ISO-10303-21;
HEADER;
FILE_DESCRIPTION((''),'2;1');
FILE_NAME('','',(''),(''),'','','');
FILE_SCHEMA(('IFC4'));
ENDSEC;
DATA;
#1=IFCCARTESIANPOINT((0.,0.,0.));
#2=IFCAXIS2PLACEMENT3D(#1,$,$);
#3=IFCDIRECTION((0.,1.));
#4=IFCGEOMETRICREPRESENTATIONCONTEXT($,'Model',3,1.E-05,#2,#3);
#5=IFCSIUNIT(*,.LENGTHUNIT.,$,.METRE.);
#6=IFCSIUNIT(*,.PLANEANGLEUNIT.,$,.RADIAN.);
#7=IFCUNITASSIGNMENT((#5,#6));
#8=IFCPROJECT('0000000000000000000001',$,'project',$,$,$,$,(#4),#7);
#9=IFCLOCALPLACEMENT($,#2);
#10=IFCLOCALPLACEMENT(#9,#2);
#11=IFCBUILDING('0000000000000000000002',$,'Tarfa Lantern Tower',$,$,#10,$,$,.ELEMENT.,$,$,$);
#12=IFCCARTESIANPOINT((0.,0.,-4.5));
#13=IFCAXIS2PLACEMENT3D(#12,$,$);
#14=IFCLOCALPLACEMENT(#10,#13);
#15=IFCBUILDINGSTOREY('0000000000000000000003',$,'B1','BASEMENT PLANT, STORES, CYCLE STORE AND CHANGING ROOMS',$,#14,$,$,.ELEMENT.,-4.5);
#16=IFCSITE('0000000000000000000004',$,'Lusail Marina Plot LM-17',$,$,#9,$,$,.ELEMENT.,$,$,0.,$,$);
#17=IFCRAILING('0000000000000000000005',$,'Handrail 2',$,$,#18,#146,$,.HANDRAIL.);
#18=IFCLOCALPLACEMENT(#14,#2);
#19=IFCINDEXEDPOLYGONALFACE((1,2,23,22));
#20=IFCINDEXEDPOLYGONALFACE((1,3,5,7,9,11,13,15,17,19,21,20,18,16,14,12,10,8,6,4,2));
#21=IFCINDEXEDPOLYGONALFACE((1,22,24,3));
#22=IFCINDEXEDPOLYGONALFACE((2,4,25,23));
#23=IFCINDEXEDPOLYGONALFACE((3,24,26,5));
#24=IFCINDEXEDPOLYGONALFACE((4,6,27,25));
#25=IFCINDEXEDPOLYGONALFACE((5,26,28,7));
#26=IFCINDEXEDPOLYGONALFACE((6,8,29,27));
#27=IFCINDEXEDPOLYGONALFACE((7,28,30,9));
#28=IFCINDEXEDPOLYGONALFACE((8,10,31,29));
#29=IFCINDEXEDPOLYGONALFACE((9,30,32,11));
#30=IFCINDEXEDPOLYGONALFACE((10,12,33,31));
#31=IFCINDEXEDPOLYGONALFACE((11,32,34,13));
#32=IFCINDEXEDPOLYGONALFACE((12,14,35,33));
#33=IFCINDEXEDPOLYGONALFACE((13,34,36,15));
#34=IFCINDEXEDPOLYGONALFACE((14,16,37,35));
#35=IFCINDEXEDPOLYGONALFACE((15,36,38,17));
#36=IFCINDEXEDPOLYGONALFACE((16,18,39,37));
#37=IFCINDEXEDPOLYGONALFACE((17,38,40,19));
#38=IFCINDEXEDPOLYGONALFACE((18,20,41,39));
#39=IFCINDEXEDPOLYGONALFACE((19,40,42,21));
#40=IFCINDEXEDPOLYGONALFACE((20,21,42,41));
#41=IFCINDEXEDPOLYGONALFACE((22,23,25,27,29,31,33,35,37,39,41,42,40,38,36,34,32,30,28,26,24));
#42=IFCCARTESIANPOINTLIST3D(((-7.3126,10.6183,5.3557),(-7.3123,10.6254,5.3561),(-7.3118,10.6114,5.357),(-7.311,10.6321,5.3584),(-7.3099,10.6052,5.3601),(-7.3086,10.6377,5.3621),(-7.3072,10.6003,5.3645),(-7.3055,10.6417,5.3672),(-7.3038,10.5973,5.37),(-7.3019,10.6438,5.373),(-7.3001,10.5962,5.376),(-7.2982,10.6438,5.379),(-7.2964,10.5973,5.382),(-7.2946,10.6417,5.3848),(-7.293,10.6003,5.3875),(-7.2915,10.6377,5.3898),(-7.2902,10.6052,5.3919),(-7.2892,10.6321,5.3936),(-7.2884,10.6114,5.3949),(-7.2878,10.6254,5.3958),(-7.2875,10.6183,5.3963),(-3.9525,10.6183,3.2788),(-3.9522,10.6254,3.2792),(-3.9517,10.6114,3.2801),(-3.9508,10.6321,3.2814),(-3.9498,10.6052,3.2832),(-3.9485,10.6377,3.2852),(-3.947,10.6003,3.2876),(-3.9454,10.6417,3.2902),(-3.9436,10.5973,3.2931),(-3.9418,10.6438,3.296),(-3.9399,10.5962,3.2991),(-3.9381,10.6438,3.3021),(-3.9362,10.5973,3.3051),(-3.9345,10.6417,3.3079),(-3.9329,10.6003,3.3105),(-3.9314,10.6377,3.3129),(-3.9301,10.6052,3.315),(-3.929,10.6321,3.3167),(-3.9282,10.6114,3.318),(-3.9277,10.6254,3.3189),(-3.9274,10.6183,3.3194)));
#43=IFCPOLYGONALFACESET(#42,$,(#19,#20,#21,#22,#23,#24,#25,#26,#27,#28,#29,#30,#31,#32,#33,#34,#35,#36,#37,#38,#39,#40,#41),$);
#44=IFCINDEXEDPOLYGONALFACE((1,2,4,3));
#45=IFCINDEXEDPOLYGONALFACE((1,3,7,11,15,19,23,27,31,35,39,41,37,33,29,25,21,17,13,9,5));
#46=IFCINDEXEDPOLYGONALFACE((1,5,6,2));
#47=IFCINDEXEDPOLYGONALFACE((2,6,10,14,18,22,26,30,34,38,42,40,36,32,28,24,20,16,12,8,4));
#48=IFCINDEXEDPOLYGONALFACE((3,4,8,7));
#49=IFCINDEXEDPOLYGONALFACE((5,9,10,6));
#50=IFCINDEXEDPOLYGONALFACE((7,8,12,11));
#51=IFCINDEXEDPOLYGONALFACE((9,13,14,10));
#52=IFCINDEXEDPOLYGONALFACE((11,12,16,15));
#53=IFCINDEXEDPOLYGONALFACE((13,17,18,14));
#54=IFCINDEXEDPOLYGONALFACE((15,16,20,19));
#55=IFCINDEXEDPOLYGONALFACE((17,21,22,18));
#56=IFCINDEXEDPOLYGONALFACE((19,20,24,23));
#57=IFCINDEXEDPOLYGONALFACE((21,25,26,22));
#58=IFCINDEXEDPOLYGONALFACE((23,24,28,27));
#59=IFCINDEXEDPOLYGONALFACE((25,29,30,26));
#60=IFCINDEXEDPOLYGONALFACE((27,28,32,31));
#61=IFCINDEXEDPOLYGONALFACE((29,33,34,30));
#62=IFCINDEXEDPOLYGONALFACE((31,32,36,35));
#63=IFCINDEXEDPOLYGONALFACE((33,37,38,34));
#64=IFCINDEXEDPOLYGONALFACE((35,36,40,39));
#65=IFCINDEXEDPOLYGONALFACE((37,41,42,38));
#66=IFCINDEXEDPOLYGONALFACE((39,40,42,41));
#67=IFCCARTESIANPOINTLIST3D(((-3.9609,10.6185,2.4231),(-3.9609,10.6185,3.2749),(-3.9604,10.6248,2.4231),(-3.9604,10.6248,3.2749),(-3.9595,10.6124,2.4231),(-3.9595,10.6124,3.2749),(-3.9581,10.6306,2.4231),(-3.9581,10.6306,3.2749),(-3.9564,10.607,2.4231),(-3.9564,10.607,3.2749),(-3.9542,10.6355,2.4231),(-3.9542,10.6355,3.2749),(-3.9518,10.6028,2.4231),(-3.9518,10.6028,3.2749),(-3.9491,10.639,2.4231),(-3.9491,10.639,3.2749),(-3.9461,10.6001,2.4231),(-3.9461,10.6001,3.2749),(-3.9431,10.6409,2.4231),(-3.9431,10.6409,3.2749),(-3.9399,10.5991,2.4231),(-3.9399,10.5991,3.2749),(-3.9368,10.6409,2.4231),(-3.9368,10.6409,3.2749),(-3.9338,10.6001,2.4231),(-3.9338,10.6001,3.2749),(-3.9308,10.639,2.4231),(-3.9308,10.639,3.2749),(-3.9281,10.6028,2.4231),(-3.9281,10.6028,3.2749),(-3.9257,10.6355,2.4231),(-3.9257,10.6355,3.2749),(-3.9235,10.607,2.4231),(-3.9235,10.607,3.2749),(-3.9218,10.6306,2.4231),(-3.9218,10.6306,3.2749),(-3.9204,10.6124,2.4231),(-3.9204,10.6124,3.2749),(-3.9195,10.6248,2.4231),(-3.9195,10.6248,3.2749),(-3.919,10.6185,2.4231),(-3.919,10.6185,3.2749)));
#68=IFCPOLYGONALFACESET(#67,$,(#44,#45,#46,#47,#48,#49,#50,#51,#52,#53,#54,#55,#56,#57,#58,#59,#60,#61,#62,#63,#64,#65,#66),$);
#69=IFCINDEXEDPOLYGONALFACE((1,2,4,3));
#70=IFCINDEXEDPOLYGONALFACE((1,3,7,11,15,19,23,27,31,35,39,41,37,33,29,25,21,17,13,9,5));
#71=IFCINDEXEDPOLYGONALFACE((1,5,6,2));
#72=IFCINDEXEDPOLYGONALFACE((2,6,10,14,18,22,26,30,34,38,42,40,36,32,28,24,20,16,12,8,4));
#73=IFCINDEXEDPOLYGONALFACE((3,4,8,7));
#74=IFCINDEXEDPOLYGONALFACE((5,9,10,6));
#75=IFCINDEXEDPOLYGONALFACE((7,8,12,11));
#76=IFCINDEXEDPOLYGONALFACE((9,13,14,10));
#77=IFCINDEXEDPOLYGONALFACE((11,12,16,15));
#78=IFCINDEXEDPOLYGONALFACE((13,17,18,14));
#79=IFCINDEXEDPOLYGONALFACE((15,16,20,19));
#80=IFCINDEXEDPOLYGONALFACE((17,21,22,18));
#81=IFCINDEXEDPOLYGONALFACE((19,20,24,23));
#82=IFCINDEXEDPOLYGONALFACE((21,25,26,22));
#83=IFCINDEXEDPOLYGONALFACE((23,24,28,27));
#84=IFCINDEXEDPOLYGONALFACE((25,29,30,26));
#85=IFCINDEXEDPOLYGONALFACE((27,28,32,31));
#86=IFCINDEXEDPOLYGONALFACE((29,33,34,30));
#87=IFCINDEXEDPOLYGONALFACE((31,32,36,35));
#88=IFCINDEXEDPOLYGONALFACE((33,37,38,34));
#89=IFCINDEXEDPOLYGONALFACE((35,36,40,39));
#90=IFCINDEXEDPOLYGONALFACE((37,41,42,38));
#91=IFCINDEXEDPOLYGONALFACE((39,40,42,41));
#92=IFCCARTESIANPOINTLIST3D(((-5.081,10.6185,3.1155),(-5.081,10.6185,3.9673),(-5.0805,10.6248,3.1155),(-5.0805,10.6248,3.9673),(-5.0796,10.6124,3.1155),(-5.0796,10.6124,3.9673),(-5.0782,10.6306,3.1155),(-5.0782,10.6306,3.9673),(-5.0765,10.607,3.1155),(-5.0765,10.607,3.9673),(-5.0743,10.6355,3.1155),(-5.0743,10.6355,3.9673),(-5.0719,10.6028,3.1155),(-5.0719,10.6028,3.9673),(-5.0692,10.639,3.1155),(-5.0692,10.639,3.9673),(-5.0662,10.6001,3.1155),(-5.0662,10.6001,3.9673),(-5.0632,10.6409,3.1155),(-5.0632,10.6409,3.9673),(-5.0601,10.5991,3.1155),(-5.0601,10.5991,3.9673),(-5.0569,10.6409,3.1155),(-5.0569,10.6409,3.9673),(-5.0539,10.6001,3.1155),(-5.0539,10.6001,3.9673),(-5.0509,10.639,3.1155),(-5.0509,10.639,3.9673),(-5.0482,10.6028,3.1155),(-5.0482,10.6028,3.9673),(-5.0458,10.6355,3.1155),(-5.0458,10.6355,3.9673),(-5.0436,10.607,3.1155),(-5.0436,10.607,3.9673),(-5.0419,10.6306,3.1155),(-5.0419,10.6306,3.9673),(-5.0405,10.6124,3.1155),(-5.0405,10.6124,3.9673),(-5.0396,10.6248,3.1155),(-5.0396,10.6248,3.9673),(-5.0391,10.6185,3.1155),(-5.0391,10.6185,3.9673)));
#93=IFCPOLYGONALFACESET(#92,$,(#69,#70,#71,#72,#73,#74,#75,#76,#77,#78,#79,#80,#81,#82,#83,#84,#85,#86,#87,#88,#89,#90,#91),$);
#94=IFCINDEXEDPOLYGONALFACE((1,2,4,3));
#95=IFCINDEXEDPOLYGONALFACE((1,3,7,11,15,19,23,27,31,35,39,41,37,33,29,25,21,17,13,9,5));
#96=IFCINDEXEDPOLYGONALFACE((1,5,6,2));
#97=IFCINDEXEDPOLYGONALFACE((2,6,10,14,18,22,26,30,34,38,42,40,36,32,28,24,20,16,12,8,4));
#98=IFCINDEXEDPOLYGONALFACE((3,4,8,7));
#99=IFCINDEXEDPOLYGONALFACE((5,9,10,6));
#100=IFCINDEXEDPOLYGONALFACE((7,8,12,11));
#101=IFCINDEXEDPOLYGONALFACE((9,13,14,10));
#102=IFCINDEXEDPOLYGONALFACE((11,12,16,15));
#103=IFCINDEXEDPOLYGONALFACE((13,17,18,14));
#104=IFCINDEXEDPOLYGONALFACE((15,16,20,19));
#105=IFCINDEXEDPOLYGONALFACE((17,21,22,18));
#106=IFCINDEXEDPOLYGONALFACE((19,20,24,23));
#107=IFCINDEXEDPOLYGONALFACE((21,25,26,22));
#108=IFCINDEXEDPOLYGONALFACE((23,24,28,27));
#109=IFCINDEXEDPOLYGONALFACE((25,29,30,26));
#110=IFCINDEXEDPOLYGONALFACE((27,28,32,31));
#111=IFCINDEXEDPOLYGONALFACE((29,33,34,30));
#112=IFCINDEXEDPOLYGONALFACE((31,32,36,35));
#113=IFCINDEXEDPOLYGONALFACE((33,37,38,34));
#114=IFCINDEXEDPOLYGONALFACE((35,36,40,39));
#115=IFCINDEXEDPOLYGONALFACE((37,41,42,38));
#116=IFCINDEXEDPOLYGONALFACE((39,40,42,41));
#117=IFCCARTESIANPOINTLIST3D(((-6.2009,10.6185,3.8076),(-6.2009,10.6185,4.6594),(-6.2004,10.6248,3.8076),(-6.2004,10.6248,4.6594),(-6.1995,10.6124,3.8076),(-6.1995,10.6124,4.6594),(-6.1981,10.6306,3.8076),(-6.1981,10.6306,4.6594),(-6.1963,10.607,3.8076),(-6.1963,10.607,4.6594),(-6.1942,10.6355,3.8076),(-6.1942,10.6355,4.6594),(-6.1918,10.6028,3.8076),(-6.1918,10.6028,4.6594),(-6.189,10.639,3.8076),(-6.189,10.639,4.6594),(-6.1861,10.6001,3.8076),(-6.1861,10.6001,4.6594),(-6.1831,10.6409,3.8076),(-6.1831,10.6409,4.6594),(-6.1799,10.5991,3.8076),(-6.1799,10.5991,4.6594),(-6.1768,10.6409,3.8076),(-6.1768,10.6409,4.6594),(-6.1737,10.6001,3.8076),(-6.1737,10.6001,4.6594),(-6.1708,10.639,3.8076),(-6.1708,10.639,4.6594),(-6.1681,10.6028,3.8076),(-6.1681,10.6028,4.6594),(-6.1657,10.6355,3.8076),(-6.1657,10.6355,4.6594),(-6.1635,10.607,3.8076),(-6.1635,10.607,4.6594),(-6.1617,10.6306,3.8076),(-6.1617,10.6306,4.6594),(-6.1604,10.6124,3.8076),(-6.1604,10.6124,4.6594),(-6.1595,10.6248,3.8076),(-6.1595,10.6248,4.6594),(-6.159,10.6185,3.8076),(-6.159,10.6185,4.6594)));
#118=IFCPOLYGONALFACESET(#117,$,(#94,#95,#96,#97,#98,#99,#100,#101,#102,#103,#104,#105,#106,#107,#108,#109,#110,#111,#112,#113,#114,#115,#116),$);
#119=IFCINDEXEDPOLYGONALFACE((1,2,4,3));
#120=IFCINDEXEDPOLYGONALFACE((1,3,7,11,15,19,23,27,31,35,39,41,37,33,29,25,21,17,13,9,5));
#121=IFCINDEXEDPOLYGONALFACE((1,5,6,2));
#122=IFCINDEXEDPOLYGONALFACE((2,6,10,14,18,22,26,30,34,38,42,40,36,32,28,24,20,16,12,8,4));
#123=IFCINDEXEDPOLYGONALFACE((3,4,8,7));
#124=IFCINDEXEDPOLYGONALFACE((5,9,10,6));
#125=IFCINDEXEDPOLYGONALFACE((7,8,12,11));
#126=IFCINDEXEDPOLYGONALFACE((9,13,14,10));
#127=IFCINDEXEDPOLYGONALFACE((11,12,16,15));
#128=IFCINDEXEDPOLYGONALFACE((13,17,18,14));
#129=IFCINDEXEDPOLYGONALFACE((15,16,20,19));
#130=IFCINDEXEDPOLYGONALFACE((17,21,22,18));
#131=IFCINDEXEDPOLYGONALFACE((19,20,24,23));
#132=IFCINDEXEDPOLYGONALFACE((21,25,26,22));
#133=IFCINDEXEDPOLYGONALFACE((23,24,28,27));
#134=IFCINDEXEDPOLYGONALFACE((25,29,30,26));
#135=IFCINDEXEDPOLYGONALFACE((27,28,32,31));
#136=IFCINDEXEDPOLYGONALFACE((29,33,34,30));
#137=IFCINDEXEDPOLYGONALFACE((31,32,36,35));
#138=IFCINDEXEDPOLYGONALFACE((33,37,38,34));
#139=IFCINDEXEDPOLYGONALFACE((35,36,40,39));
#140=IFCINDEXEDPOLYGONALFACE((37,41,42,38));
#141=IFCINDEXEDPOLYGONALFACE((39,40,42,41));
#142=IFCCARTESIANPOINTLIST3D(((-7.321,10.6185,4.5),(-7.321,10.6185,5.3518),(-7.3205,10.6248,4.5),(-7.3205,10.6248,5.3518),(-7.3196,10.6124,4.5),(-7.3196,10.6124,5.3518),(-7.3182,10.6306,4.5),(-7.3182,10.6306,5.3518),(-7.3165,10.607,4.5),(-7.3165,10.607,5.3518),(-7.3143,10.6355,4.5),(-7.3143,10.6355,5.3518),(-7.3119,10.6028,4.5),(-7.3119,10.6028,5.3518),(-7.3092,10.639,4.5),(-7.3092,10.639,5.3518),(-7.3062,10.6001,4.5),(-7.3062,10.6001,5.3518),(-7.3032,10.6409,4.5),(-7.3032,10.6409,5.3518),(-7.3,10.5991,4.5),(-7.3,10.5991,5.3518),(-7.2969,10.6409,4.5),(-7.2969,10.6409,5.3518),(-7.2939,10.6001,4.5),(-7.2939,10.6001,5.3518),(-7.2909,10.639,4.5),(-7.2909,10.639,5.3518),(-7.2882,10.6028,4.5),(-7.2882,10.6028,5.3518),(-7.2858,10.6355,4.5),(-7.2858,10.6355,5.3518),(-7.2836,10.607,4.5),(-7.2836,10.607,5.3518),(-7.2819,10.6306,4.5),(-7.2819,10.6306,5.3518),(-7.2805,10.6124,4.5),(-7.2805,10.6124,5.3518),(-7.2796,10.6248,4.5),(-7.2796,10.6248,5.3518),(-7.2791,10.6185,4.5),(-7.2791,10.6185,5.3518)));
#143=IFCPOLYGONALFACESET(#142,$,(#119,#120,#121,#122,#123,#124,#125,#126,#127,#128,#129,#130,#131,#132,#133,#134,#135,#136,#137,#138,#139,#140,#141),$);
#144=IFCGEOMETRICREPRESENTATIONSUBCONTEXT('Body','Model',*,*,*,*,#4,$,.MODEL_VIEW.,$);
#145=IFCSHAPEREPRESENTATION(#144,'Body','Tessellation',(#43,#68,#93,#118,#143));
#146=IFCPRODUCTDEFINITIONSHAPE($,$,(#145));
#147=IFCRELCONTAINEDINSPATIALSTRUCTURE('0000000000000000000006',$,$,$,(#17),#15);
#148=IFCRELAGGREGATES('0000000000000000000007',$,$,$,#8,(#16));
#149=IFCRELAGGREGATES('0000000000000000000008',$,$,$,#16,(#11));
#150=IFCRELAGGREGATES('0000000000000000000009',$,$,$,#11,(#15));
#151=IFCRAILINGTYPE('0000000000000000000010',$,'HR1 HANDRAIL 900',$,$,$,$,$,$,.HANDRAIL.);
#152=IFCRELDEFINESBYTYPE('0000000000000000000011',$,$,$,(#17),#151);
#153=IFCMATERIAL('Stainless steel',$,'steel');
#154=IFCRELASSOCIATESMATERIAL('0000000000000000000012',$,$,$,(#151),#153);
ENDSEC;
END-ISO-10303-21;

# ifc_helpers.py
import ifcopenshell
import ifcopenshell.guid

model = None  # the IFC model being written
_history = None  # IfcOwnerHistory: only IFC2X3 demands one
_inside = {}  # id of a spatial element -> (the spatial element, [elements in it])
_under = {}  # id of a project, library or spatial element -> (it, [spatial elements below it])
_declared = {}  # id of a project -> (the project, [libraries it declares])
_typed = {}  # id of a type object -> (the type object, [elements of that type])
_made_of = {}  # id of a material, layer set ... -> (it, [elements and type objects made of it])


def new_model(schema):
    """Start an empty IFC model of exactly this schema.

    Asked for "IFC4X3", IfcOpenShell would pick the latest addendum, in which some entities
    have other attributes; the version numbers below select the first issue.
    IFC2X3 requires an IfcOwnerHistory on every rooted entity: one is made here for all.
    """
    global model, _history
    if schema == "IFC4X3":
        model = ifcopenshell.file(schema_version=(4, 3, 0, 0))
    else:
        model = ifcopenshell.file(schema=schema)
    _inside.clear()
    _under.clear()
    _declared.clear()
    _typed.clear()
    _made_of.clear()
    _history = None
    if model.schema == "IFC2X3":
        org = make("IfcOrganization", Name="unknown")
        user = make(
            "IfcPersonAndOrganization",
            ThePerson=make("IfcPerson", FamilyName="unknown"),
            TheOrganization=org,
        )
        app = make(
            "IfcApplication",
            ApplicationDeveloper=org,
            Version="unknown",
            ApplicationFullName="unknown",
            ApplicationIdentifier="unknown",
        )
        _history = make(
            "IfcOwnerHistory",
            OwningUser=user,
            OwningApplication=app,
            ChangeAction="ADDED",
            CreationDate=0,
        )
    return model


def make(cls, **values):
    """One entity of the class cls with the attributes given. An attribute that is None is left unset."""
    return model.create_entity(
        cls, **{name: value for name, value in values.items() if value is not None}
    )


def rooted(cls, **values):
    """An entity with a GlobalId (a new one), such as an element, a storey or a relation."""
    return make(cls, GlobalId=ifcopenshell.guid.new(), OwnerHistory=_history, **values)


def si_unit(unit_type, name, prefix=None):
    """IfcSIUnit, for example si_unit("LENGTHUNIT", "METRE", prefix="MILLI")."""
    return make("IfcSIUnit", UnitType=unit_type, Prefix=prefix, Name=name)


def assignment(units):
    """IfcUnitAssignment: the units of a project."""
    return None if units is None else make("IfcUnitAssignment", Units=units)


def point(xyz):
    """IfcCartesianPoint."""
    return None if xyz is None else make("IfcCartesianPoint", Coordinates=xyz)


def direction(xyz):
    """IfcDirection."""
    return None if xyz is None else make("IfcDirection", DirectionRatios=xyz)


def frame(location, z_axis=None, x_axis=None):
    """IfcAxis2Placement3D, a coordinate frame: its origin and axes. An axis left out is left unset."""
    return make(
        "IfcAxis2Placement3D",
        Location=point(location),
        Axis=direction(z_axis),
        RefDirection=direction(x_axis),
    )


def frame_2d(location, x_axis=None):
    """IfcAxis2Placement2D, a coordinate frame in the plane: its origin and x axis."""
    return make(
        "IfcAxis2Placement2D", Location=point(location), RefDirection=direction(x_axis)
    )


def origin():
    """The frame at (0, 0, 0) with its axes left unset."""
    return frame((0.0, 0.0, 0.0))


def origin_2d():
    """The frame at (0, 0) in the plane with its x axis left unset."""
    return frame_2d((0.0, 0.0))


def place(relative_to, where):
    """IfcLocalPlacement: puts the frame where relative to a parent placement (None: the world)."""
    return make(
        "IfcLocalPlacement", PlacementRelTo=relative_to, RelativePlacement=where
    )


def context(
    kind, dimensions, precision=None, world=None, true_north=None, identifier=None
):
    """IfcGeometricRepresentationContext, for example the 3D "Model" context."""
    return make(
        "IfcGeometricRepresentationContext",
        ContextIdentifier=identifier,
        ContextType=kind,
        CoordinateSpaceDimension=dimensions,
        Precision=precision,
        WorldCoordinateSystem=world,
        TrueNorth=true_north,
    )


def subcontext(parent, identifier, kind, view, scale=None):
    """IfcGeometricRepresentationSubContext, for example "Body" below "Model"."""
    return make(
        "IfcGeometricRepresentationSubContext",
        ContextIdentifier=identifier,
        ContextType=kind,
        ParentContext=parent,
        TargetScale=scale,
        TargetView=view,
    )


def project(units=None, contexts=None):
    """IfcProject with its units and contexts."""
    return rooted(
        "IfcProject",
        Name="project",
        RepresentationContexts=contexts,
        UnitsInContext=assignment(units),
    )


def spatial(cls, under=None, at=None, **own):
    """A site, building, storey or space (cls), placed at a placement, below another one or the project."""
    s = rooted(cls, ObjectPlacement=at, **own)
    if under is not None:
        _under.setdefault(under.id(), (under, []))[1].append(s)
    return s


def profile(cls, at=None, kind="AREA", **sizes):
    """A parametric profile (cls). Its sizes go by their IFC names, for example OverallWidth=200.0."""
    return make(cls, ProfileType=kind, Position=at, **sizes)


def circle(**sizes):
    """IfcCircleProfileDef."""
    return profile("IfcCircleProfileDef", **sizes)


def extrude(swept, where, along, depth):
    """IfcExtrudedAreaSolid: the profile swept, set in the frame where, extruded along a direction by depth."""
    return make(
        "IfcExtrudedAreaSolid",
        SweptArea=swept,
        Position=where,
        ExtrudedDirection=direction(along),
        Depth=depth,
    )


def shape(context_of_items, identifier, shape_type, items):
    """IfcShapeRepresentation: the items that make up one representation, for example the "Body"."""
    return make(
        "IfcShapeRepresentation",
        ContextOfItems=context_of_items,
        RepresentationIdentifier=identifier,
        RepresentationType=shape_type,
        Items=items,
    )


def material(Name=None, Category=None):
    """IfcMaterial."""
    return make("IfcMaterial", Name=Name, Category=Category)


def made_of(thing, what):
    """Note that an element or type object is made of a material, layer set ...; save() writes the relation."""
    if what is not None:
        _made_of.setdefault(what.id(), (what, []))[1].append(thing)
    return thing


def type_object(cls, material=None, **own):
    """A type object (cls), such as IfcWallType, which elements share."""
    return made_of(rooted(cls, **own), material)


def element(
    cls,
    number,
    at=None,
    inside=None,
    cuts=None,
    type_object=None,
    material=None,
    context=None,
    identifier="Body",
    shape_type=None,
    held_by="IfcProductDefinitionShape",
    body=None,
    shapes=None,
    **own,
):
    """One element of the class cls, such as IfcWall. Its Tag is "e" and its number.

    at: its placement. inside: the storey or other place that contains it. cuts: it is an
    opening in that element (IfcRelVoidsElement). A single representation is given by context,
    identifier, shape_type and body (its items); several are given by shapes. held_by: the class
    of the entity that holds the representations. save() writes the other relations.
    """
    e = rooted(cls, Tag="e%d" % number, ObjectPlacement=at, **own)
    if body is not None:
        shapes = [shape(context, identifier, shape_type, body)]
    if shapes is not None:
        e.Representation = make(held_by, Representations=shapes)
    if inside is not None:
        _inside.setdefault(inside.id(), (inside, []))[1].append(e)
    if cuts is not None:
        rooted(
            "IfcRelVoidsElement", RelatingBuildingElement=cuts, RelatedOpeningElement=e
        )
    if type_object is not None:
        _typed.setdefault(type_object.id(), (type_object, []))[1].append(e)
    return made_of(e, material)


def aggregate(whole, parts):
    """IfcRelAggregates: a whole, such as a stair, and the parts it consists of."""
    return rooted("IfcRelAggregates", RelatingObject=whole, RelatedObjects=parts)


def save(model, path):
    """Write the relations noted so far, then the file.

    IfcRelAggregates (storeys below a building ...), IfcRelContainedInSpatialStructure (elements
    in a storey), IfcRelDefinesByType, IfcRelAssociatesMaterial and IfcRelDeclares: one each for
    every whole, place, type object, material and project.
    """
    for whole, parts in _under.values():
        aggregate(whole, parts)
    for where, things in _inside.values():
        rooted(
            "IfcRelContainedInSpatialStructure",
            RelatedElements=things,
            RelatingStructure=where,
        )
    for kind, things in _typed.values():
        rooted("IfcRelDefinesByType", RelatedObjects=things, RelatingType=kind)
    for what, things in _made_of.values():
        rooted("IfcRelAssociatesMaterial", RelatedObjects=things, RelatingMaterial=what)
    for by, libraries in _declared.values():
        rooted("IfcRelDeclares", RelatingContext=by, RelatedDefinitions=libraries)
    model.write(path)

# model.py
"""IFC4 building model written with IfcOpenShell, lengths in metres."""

from ifc_helpers import new_model, si_unit, direction, frame, origin, origin_2d, place, context, subcontext, project, spatial, circle, extrude, material, type_object, element, save


model = new_model("IFC4")

# Units and contexts
model_context = context("Model", 3, precision=1e-05, world=origin(), true_north=direction((0.0, 1.0)))
body_context = subcontext(model_context, "Body", "Model", "MODEL_VIEW")
ifc_project = project(units=[si_unit("LENGTHUNIT", "METRE"), si_unit("PLANEANGLEUNIT", "RADIAN")], contexts=[model_context])

# Site, building, storey
site_placement = place(None, origin())
site = spatial("IfcSite", under=ifc_project, at=site_placement, Name="Lusail Marina Plot LM-17", CompositionType="ELEMENT", RefElevation=0.0)
building_placement = place(site_placement, origin())
building = spatial("IfcBuilding", under=site, at=building_placement, Name="Tarfa Lantern Tower", CompositionType="ELEMENT")
storey_placement = place(building_placement, frame((0.0, 0.0, -4.5)))
storey = spatial("IfcBuildingStorey", under=building, at=storey_placement, Name="B1", Description="BASEMENT PLANT, STORES, CYCLE STORE AND CHANGING ROOMS", CompositionType="ELEMENT", Elevation=-4.5)

# Railing
ifc_material_1 = material(Name="Stainless steel", Category="steel")
railing_type = type_object("IfcRailingType", Name="HR1 HANDRAIL 900", PredefinedType="HANDRAIL", material=ifc_material_1)
railing_1_placement = place(storey_placement, frame((-3.9399, 10.6201, 2.4231)))
element("IfcRailing", 1, at=railing_1_placement, inside=storey, type_object=railing_type, Name="Handrail 2", PredefinedType="HANDRAIL", context=body_context, shape_type="SweptSolid", body=[
    extrude(circle(Radius=0.0239, at=origin_2d()), frame((0.0, 0.0, 0.876), z_axis=(-0.850623, 0.0, 0.525776), x_axis=(0.0, -1.0, 0.0)), (0.0, 0.0, 1.0), 3.9502),
    extrude(circle(Radius=0.021, at=origin_2d()), frame((0.0, 0.0, 0.0), z_axis=(0.0, 0.0, 1.0), x_axis=(0.0, -1.0, 0.0)), (0.0, 0.0, 1.0), 0.8518),
    extrude(circle(Radius=0.021, at=origin_2d()), frame((-1.1201, 0.0, 0.6924), z_axis=(0.0, 0.0, 1.0), x_axis=(0.0, -1.0, 0.0)), (0.0, 0.0, 1.0), 0.8518),
    extrude(circle(Radius=0.021, at=origin_2d()), frame((-2.24, 0.0, 1.3845), z_axis=(0.0, 0.0, 1.0), x_axis=(0.0, -1.0, 0.0)), (0.0, 0.0, 1.0), 0.8518),
    extrude(circle(Radius=0.021, at=origin_2d()), frame((-3.3601, 0.0, 2.0769), z_axis=(0.0, 0.0, 1.0), x_axis=(0.0, -1.0, 0.0)), (0.0, 0.0, 1.0), 0.8518),
])

save(model, "model.ifc")
